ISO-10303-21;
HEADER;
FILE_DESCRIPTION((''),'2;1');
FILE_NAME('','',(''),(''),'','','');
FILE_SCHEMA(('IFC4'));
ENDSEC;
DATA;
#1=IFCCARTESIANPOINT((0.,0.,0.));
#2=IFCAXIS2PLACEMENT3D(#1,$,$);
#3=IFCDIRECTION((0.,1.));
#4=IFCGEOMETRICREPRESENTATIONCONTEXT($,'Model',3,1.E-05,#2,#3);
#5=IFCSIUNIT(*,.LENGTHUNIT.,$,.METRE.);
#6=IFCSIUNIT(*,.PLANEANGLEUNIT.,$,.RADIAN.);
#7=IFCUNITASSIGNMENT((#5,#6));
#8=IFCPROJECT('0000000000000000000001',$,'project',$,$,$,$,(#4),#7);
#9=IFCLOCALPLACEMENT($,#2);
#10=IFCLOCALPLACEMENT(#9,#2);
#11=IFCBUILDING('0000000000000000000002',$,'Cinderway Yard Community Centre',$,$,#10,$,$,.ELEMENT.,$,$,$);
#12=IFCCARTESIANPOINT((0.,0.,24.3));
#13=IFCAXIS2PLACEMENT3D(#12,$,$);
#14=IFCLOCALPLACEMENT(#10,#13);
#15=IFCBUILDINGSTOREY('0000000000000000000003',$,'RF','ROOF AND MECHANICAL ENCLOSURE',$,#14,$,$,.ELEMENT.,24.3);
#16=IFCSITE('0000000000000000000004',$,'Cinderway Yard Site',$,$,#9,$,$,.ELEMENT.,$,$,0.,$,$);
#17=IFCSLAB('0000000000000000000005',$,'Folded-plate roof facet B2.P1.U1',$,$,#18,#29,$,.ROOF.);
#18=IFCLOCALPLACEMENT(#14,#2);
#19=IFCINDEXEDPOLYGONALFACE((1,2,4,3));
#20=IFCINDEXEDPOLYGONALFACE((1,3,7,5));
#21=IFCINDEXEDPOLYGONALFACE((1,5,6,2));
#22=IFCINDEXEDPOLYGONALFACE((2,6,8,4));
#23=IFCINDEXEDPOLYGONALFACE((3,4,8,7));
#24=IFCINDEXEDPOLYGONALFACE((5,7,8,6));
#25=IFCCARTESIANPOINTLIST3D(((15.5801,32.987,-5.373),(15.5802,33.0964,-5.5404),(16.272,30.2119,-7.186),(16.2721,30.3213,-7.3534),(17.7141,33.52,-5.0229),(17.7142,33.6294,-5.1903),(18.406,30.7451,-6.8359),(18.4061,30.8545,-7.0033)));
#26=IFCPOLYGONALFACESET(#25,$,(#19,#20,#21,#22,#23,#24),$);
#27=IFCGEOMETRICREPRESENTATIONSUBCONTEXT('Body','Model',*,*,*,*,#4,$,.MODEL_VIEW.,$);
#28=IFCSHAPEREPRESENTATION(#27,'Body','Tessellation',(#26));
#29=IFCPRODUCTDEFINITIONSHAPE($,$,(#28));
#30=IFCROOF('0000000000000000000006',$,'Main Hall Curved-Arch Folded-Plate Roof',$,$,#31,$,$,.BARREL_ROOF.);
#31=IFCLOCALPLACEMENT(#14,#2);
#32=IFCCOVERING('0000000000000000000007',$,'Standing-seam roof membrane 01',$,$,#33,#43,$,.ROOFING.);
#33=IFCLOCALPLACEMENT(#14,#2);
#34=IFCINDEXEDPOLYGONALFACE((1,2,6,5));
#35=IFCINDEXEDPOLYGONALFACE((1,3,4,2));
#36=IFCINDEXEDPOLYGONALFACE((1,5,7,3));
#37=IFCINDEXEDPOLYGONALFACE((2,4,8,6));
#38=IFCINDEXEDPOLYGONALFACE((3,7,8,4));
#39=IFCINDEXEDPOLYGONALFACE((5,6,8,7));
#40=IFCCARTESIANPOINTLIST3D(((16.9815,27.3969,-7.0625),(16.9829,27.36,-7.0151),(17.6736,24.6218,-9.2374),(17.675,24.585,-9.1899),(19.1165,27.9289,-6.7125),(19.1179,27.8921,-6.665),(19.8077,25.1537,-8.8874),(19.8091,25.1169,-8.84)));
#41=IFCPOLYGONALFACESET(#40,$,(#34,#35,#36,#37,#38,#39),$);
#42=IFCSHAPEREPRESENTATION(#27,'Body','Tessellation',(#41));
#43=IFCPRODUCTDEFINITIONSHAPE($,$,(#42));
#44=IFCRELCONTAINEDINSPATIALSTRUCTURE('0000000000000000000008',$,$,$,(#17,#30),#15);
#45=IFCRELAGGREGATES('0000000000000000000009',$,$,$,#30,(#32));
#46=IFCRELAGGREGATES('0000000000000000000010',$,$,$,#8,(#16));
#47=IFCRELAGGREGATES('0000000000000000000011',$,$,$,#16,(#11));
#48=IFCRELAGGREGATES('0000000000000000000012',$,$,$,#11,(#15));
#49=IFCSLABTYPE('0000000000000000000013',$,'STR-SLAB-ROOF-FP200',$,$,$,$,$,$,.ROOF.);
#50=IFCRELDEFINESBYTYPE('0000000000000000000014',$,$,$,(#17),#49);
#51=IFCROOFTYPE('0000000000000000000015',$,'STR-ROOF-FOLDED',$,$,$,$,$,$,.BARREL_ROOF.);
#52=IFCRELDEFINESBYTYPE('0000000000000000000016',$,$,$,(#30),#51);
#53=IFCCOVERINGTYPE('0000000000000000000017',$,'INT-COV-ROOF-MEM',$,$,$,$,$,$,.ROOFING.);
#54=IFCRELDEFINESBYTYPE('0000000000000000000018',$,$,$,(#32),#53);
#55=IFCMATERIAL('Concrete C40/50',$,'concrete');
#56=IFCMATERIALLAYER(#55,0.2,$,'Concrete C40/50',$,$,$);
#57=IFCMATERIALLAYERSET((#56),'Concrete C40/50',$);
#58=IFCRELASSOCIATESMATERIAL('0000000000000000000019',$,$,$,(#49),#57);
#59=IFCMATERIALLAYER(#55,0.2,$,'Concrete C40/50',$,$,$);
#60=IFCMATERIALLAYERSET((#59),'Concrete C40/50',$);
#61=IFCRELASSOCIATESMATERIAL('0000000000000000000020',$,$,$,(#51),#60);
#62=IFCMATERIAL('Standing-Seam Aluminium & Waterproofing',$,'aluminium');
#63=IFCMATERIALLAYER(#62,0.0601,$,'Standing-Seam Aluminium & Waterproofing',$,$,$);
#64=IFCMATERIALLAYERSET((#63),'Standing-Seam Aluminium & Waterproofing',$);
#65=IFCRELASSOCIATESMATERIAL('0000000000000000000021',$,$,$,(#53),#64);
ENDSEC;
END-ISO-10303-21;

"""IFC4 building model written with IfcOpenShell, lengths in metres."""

from ifc_helpers import new_model, si_unit, direction, frame, origin, place, context, subcontext, project, spatial, polyline, outline, extrude, material, layer, layer_set, type_object, element, aggregate, save


model = new_model("IFC4")

# Units and contexts
model_context = context("Model", 3, precision=1e-05, world=origin(), true_north=direction((0.0, 1.0)))
body_context = subcontext(model_context, "Body", "Model", "MODEL_VIEW")
ifc_project = project(units=[si_unit("LENGTHUNIT", "METRE"), si_unit("PLANEANGLEUNIT", "RADIAN")], contexts=[model_context])

# Site, building, storey
site_placement = place(None, origin())
site = spatial("IfcSite", under=ifc_project, at=site_placement, Name="Cinderway Yard Site", CompositionType="ELEMENT", RefElevation=0.0)
building_placement = place(site_placement, origin())
building = spatial("IfcBuilding", under=site, at=building_placement, Name="Cinderway Yard Community Centre", CompositionType="ELEMENT")
storey_placement = place(building_placement, frame((0.0, 0.0, 24.3)))
storey = spatial("IfcBuildingStorey", under=building, at=storey_placement, Name="RF", Description="ROOF AND MECHANICAL ENCLOSURE", CompositionType="ELEMENT", Elevation=24.3)

# Shared definitions
ifc_material_1 = material(Name="Concrete C40/50", Category="concrete")

# Slab
ifc_layer_1 = layer(ifc_material_1, 0.2, Name="Concrete C40/50")
ifc_layer_set_1 = layer_set([ifc_layer_1], Name="Concrete C40/50")
slab_type = type_object("IfcSlabType", Name="STR-SLAB-ROOF-FP200", PredefinedType="ROOF", material=ifc_layer_set_1)
slab_1_placement = place(storey_placement, frame((16.272, 30.2119, -7.186), z_axis=(-0.000673, -0.54706, 0.837093), x_axis=(0.958115, 0.239375, 0.157208)))
element("IfcSlab", 1, at=slab_1_placement, inside=storey, type_object=slab_type, Name="Folded-plate roof facet B2.P1.U1", PredefinedType="ROOF", context=body_context, shape_type="SweptSolid", body=[
    extrude(outline(polyline([(0.0, 0.0), (2.2273, 0.0), (2.5137, 3.374), (0.2864, 3.3742), (0.0, 0.0)])), origin(), (0.0, 0.0, -1.0), 0.2),
])

# Roof, covering
ifc_layer_2 = layer(ifc_material_1, 0.2, Name="Concrete C40/50")
ifc_layer_set_2 = layer_set([ifc_layer_2], Name="Concrete C40/50")
roof_type = type_object("IfcRoofType", Name="STR-ROOF-FOLDED", PredefinedType="BARREL_ROOF", material=ifc_layer_set_2)
roof_placement = place(storey_placement, origin())
roof = element("IfcRoof", 2, at=roof_placement, inside=storey, type_object=roof_type, Name="Main Hall Curved-Arch Folded-Plate Roof", PredefinedType="BARREL_ROOF")
ifc_material_2 = material(Name="Standing-Seam Aluminium & Waterproofing", Category="aluminium")
ifc_layer_3 = layer(ifc_material_2, 0.0601, Name="Standing-Seam Aluminium & Waterproofing")
ifc_layer_set_3 = layer_set([ifc_layer_3], Name="Standing-Seam Aluminium & Waterproofing")
covering_type = type_object("IfcCoveringType", Name="INT-COV-ROOF-MEM", PredefinedType="ROOFING", material=ifc_layer_set_3)
covering_placement = place(storey_placement, frame((17.675, 24.585, -9.1899), z_axis=(0.023319, -0.613074, 0.789681), x_axis=(0.958259, 0.23885, 0.157135)))
covering = element("IfcCovering", 3, at=covering_placement, type_object=covering_type, Name="Standing-seam roof membrane 01", PredefinedType="ROOFING", context=body_context, shape_type="SweptSolid", body=[
    extrude(outline(polyline([(0.0, 0.0), (2.227, 0.0), (2.5693, 3.5767), (0.3413, 3.5768), (0.0, 0.0)])), origin(), (0.0, 0.0, -1.0), 0.0601),
])
aggregate(roof, [covering])

save(model, "model.ifc")
